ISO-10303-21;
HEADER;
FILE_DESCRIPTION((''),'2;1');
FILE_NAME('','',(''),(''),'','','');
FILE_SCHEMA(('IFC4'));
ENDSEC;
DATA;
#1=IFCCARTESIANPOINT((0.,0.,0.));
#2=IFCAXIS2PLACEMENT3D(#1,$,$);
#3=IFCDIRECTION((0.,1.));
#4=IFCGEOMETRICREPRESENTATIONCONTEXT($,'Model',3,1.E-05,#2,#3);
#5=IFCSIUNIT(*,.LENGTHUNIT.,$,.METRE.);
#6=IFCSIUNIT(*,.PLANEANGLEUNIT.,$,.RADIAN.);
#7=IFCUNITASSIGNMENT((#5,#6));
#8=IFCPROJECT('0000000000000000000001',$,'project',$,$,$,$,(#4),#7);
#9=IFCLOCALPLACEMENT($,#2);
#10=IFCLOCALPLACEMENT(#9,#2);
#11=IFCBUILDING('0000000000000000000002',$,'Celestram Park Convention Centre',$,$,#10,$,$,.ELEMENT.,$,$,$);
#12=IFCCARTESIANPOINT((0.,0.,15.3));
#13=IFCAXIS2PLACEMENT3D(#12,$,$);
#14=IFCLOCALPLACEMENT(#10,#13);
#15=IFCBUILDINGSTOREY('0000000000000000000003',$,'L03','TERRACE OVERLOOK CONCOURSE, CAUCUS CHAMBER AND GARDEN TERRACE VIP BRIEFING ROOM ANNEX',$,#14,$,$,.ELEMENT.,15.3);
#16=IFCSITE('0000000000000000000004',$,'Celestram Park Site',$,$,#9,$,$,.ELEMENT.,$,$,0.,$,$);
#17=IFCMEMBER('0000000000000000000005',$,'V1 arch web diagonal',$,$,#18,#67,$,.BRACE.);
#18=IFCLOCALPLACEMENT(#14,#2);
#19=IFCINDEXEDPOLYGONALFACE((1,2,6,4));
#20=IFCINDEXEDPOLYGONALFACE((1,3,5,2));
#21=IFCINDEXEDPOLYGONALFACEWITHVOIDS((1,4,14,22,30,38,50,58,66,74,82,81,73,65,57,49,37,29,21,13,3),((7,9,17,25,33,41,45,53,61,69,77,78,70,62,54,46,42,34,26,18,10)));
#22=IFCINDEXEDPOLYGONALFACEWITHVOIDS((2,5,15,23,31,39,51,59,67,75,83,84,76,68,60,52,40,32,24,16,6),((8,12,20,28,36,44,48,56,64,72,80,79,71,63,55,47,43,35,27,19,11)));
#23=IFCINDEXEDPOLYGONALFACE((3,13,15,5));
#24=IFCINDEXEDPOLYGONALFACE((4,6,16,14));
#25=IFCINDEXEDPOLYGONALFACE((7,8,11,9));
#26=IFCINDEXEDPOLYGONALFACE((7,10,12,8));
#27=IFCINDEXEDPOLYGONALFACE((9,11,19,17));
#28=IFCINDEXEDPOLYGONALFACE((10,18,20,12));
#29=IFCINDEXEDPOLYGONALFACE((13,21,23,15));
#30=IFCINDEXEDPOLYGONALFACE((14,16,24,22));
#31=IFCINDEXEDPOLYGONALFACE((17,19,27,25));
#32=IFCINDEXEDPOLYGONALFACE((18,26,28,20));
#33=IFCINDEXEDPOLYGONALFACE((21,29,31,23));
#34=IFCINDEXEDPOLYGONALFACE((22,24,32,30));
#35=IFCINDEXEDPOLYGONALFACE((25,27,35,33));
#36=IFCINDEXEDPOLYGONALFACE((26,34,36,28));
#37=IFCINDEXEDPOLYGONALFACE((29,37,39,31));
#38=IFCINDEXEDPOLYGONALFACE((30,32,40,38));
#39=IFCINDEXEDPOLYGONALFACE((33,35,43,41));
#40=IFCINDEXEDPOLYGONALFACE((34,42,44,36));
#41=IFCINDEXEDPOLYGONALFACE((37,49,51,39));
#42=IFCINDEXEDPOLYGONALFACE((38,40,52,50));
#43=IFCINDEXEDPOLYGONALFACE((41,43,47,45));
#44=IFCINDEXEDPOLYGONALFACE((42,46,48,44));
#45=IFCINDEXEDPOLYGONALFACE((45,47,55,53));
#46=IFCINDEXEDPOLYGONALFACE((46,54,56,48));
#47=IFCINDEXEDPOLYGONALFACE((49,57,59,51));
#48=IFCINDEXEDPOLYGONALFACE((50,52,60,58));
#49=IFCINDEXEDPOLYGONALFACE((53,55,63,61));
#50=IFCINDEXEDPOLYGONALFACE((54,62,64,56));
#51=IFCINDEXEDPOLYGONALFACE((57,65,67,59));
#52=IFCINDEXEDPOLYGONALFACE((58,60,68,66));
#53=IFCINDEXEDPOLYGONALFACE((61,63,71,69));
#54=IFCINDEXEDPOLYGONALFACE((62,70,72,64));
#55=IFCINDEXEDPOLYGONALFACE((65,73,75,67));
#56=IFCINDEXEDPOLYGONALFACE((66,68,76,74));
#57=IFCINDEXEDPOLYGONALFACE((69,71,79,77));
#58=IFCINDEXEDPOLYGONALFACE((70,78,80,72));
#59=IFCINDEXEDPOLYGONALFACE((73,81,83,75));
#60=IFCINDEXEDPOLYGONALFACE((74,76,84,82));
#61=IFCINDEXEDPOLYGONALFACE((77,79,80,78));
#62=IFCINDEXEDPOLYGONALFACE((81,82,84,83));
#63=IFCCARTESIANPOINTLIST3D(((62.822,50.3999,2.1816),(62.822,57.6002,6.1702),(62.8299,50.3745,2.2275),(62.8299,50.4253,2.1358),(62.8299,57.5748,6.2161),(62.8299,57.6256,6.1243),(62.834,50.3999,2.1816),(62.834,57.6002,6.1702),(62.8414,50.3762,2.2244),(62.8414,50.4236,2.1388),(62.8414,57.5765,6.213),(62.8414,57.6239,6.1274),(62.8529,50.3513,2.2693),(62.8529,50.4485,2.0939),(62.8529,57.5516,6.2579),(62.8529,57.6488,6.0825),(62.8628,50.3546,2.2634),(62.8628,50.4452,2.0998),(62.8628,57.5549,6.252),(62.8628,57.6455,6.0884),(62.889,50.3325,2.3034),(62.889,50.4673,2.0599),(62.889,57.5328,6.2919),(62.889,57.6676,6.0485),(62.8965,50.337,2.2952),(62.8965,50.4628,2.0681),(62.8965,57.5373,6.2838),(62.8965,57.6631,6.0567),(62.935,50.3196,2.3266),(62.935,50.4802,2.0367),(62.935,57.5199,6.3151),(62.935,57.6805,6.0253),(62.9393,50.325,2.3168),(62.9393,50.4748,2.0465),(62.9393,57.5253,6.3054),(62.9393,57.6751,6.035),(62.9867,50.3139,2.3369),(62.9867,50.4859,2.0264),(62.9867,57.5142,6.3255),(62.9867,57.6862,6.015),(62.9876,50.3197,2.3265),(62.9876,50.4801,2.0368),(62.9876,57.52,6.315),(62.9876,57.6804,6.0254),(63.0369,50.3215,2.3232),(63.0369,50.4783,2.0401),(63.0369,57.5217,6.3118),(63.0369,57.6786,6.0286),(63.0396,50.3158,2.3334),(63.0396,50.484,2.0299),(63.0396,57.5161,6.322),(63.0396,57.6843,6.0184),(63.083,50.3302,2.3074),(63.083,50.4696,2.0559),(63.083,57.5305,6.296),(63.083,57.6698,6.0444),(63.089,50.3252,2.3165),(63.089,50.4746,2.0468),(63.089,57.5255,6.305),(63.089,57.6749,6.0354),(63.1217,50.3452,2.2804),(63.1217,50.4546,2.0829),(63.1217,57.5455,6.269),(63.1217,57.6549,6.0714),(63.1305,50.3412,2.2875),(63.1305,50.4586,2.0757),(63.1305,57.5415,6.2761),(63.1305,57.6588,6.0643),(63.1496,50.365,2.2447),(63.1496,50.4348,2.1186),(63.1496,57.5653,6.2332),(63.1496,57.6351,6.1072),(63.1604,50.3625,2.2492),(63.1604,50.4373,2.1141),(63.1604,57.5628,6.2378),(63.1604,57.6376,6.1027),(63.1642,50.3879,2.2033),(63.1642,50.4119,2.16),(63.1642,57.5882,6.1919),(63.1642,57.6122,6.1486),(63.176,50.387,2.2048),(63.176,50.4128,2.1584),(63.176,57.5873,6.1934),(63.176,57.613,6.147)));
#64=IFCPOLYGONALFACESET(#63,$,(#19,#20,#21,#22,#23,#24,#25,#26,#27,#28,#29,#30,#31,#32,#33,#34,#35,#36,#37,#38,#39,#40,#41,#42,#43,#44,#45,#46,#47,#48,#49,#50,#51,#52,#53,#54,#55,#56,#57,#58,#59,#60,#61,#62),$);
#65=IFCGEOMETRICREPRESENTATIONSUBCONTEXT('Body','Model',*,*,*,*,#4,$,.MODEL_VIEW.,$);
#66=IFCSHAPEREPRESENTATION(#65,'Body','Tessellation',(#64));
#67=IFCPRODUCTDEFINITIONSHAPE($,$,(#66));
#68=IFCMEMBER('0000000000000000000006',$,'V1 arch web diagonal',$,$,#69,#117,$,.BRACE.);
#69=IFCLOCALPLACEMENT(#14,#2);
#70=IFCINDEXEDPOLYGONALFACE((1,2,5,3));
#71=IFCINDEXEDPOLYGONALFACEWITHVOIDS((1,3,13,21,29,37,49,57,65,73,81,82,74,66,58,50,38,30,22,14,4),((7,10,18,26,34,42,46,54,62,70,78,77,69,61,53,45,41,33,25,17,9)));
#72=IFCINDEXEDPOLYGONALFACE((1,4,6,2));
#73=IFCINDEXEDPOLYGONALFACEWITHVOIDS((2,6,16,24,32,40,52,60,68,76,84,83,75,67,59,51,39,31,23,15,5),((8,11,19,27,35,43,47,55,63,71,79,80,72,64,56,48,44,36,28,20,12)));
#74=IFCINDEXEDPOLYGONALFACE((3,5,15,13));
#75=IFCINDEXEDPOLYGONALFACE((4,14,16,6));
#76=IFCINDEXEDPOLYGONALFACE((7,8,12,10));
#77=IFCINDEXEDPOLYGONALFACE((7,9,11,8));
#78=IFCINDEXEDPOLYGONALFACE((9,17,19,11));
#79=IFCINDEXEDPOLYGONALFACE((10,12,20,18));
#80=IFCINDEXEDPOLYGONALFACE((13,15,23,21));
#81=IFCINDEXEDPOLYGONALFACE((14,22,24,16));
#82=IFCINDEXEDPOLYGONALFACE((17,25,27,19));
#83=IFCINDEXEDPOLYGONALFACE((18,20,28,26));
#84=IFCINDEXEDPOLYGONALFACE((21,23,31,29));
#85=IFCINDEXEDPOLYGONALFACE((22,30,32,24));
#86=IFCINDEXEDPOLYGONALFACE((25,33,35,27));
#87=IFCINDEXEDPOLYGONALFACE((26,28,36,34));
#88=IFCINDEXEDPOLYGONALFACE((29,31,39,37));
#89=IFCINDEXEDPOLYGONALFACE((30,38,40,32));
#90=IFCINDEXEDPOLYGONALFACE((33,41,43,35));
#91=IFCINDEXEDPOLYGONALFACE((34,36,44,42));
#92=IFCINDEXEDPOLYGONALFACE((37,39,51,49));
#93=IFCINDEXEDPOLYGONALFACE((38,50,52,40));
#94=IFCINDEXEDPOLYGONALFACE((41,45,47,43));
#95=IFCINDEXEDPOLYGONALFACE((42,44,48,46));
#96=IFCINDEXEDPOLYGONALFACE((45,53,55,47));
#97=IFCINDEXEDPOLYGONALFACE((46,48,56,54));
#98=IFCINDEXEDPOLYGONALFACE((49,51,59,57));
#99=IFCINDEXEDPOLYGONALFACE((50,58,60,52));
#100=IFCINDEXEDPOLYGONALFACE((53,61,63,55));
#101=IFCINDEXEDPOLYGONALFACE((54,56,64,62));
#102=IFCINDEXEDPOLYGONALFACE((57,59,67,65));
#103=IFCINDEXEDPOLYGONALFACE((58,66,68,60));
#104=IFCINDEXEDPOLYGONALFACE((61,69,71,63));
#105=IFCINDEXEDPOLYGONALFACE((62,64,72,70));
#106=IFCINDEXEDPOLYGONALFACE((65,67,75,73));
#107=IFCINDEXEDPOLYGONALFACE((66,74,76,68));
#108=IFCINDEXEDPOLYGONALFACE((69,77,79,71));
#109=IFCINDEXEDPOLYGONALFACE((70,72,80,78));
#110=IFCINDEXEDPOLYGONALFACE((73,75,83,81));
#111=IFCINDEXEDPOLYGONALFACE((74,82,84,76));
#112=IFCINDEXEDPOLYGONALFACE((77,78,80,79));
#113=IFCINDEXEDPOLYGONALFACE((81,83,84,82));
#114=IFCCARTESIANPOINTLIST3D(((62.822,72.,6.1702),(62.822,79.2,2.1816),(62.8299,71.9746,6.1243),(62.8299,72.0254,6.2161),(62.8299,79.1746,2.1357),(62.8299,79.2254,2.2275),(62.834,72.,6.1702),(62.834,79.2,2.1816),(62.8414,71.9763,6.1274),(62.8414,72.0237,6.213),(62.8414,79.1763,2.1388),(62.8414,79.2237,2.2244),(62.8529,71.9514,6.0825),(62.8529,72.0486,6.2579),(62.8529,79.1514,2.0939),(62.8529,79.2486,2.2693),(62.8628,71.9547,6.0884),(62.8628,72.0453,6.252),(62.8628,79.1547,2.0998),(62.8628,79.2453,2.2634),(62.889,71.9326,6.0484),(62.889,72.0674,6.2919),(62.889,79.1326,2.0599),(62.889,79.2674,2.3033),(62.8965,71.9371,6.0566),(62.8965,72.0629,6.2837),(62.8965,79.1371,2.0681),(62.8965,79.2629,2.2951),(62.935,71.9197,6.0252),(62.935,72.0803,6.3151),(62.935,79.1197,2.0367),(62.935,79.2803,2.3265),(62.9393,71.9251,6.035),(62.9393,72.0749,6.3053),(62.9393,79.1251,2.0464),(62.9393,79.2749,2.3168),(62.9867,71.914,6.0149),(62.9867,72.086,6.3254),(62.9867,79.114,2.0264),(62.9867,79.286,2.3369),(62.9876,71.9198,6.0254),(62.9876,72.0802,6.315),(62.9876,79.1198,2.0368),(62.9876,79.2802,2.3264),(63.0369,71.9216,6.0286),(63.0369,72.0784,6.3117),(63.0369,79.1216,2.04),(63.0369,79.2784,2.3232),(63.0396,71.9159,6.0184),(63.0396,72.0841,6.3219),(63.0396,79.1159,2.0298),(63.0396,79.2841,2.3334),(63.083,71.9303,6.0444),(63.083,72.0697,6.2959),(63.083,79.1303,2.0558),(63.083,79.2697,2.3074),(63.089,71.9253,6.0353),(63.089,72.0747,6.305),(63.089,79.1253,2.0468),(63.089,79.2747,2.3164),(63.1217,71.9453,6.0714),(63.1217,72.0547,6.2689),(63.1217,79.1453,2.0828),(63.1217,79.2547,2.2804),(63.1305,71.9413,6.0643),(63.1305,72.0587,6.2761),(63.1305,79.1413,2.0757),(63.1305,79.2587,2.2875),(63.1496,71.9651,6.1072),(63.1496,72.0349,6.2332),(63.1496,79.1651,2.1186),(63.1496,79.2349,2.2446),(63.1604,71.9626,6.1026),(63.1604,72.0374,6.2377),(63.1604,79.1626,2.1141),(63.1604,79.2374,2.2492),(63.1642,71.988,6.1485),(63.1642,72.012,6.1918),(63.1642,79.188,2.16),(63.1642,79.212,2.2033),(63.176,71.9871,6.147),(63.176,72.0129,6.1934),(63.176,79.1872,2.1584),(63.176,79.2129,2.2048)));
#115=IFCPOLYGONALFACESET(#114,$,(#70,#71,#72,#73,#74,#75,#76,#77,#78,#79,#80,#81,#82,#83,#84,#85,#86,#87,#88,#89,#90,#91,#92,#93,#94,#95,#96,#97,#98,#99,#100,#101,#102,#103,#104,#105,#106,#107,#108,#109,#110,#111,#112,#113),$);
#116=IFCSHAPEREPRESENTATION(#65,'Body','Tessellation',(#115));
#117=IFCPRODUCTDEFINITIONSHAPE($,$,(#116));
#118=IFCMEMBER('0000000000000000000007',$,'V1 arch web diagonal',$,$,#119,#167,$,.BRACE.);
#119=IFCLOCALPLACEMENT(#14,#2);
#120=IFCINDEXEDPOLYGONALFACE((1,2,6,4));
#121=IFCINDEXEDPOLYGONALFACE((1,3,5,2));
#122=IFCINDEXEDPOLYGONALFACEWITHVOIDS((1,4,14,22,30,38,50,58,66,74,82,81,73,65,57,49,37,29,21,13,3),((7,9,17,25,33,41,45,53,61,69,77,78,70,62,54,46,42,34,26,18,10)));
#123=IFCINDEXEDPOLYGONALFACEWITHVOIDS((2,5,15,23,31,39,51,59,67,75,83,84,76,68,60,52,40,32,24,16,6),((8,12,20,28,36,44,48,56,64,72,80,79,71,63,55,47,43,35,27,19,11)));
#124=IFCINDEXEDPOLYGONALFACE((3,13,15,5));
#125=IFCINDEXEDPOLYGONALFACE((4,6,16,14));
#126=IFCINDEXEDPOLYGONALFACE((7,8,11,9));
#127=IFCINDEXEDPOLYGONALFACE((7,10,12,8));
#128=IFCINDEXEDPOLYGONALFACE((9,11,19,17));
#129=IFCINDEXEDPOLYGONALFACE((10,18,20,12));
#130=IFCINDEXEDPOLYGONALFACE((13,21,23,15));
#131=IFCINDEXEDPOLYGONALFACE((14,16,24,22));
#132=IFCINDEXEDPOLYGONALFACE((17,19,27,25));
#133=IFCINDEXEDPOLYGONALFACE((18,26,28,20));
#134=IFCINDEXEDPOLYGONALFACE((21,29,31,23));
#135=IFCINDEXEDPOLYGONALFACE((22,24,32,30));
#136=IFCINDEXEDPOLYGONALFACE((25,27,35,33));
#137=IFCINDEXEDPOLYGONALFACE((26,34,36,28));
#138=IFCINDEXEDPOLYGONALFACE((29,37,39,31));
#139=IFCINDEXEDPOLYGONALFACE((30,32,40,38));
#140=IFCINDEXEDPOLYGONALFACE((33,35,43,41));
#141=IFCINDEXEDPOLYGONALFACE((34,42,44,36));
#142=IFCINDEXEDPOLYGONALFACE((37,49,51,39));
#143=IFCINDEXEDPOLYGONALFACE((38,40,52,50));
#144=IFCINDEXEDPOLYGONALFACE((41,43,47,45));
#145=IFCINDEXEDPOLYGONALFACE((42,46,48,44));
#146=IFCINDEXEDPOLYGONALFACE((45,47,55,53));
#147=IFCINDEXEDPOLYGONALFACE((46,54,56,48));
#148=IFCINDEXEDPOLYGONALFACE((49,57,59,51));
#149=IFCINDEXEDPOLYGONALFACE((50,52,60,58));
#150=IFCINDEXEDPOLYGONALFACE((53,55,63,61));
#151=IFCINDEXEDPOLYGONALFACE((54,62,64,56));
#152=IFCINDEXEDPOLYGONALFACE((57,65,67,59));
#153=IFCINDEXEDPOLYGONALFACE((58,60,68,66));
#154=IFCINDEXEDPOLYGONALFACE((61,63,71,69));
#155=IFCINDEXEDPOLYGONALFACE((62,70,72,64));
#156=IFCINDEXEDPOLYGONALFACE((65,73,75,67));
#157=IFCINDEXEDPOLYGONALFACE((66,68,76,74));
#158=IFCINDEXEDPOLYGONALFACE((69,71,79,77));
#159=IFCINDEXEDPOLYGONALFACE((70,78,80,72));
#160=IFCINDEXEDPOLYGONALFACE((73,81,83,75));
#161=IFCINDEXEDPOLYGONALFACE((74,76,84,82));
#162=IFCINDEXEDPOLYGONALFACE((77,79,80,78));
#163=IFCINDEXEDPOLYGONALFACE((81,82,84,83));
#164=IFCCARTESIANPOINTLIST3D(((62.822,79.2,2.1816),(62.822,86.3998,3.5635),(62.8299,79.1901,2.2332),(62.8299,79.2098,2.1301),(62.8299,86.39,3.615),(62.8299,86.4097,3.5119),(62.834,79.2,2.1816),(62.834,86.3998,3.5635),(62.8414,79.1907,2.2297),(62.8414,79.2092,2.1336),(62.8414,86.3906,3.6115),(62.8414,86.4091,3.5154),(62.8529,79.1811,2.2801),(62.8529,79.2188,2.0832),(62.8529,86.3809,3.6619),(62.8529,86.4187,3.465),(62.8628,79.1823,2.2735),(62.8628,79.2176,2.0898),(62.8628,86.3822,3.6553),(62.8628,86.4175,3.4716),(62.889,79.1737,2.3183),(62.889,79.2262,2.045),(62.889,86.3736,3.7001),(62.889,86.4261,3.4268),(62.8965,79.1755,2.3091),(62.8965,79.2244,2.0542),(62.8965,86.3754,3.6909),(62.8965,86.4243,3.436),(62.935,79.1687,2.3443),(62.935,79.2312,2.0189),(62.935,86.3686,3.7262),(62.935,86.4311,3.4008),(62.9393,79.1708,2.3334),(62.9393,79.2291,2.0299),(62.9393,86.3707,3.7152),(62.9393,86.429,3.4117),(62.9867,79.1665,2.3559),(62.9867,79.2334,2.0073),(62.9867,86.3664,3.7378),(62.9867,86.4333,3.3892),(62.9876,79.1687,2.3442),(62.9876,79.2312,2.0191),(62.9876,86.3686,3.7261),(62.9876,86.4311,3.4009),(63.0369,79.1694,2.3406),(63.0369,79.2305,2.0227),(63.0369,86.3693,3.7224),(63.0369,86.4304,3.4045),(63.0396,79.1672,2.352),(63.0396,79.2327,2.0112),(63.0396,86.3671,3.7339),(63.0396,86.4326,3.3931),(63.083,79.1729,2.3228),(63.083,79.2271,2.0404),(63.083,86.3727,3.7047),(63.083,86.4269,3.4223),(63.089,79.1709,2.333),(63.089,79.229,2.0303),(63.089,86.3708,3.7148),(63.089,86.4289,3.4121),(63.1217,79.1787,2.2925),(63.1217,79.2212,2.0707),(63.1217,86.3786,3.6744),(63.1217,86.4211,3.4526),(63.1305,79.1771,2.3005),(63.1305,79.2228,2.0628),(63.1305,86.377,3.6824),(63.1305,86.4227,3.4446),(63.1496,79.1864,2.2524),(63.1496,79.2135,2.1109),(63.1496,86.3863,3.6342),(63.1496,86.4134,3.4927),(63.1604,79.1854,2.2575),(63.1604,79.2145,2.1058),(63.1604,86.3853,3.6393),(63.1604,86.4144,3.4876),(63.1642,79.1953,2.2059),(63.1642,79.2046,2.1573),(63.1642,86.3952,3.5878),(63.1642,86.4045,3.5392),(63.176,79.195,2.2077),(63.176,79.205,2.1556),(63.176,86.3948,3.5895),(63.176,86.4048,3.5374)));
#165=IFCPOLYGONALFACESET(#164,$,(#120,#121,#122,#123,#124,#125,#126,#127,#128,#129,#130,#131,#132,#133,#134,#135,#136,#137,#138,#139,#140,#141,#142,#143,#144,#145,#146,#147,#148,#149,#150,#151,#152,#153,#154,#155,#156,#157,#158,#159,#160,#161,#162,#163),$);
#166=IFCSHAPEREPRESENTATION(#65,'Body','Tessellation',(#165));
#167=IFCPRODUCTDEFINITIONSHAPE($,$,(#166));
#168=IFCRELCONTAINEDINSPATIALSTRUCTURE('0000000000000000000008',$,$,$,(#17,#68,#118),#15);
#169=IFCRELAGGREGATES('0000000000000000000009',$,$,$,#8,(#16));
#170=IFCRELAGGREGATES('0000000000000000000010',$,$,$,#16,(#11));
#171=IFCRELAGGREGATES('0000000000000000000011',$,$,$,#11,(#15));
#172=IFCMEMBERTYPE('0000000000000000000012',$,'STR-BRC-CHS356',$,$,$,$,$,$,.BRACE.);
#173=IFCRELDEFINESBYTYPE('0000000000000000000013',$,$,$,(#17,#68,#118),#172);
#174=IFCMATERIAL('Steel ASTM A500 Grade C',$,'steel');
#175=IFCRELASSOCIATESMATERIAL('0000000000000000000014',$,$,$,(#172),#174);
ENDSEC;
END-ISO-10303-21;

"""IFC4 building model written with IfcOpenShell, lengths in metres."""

from ifc_helpers import new_model, si_unit, direction, frame, origin, origin_2d, place, context, subcontext, project, spatial, hollow_circle, extrude, material, material_profile, profile_set, type_object, element, save


model = new_model("IFC4")

# Units and contexts
model_context = context("Model", 3, precision=1e-05, world=origin(), true_north=direction((0.0, 1.0)))
body_context = subcontext(model_context, "Body", "Model", "MODEL_VIEW")
ifc_project = project(units=[si_unit("LENGTHUNIT", "METRE"), si_unit("PLANEANGLEUNIT", "RADIAN")], contexts=[model_context])

# Site, building, storey
site_placement = place(None, origin())
site = spatial("IfcSite", under=ifc_project, at=site_placement, Name="Celestram Park Site", CompositionType="ELEMENT", RefElevation=0.0)
building_placement = place(site_placement, origin())
building = spatial("IfcBuilding", under=site, at=building_placement, Name="Celestram Park Convention Centre", CompositionType="ELEMENT")
storey_placement = place(building_placement, frame((0.0, 0.0, 15.3)))
storey = spatial("IfcBuildingStorey", under=building, at=storey_placement, Name="L03", Description="TERRACE OVERLOOK CONCOURSE, CAUCUS CHAMBER AND GARDEN TERRACE VIP BRIEFING ROOM ANNEX", CompositionType="ELEMENT", Elevation=15.3)

# Members
ifc_material_1 = material(Name="Steel ASTM A500 Grade C", Category="steel")
ifc_material_profile_1 = material_profile(ifc_material_1, hollow_circle(Radius=0.178, WallThickness=0.012, at=origin_2d()), Name="CHS356X12")
ifc_profile_set_1 = profile_set([ifc_material_profile_1], Name="Steel ASTM A500 Grade C")
member_type_1 = type_object("IfcMemberType", Name="STR-BRC-CHS356", PredefinedType="BRACE", material=ifc_profile_set_1)
member_1_placement = place(storey_placement, frame((63.0, 50.3999, 2.1816), z_axis=(0.0, 0.874754, 0.484567), x_axis=(-1.0, 0.0, 0.0)))
element("IfcMember", 1, at=member_1_placement, inside=storey, type_object=member_type_1, Name="V1 arch web diagonal", PredefinedType="BRACE", context=body_context, shape_type="SweptSolid", body=[
    extrude(hollow_circle(Radius=0.178, WallThickness=0.012, at=origin_2d()), origin(), (0.0, 0.0, 1.0), 8.2312),
])
member_2_placement = place(storey_placement, frame((63.0, 72.0, 6.1702), z_axis=(0.0, 0.874747, -0.48458), x_axis=(-1.0, 0.0, 0.0)))
element("IfcMember", 2, at=member_2_placement, inside=storey, type_object=member_type_1, Name="V1 arch web diagonal", PredefinedType="BRACE", context=body_context, shape_type="SweptSolid", body=[
    extrude(hollow_circle(Radius=0.178, WallThickness=0.012, at=origin_2d()), origin(), (0.0, 0.0, 1.0), 8.231),
])
member_3_placement = place(storey_placement, frame((63.0, 79.2, 2.1816), z_axis=(0.0, 0.982076, 0.188483), x_axis=(-1.0, 0.0, 0.0)))
element("IfcMember", 3, at=member_3_placement, inside=storey, type_object=member_type_1, Name="V1 arch web diagonal", PredefinedType="BRACE", context=body_context, shape_type="SweptSolid", body=[
    extrude(hollow_circle(Radius=0.178, WallThickness=0.012, at=origin_2d()), origin(), (0.0, 0.0, 1.0), 7.3313),
])

save(model, "model.ifc")
